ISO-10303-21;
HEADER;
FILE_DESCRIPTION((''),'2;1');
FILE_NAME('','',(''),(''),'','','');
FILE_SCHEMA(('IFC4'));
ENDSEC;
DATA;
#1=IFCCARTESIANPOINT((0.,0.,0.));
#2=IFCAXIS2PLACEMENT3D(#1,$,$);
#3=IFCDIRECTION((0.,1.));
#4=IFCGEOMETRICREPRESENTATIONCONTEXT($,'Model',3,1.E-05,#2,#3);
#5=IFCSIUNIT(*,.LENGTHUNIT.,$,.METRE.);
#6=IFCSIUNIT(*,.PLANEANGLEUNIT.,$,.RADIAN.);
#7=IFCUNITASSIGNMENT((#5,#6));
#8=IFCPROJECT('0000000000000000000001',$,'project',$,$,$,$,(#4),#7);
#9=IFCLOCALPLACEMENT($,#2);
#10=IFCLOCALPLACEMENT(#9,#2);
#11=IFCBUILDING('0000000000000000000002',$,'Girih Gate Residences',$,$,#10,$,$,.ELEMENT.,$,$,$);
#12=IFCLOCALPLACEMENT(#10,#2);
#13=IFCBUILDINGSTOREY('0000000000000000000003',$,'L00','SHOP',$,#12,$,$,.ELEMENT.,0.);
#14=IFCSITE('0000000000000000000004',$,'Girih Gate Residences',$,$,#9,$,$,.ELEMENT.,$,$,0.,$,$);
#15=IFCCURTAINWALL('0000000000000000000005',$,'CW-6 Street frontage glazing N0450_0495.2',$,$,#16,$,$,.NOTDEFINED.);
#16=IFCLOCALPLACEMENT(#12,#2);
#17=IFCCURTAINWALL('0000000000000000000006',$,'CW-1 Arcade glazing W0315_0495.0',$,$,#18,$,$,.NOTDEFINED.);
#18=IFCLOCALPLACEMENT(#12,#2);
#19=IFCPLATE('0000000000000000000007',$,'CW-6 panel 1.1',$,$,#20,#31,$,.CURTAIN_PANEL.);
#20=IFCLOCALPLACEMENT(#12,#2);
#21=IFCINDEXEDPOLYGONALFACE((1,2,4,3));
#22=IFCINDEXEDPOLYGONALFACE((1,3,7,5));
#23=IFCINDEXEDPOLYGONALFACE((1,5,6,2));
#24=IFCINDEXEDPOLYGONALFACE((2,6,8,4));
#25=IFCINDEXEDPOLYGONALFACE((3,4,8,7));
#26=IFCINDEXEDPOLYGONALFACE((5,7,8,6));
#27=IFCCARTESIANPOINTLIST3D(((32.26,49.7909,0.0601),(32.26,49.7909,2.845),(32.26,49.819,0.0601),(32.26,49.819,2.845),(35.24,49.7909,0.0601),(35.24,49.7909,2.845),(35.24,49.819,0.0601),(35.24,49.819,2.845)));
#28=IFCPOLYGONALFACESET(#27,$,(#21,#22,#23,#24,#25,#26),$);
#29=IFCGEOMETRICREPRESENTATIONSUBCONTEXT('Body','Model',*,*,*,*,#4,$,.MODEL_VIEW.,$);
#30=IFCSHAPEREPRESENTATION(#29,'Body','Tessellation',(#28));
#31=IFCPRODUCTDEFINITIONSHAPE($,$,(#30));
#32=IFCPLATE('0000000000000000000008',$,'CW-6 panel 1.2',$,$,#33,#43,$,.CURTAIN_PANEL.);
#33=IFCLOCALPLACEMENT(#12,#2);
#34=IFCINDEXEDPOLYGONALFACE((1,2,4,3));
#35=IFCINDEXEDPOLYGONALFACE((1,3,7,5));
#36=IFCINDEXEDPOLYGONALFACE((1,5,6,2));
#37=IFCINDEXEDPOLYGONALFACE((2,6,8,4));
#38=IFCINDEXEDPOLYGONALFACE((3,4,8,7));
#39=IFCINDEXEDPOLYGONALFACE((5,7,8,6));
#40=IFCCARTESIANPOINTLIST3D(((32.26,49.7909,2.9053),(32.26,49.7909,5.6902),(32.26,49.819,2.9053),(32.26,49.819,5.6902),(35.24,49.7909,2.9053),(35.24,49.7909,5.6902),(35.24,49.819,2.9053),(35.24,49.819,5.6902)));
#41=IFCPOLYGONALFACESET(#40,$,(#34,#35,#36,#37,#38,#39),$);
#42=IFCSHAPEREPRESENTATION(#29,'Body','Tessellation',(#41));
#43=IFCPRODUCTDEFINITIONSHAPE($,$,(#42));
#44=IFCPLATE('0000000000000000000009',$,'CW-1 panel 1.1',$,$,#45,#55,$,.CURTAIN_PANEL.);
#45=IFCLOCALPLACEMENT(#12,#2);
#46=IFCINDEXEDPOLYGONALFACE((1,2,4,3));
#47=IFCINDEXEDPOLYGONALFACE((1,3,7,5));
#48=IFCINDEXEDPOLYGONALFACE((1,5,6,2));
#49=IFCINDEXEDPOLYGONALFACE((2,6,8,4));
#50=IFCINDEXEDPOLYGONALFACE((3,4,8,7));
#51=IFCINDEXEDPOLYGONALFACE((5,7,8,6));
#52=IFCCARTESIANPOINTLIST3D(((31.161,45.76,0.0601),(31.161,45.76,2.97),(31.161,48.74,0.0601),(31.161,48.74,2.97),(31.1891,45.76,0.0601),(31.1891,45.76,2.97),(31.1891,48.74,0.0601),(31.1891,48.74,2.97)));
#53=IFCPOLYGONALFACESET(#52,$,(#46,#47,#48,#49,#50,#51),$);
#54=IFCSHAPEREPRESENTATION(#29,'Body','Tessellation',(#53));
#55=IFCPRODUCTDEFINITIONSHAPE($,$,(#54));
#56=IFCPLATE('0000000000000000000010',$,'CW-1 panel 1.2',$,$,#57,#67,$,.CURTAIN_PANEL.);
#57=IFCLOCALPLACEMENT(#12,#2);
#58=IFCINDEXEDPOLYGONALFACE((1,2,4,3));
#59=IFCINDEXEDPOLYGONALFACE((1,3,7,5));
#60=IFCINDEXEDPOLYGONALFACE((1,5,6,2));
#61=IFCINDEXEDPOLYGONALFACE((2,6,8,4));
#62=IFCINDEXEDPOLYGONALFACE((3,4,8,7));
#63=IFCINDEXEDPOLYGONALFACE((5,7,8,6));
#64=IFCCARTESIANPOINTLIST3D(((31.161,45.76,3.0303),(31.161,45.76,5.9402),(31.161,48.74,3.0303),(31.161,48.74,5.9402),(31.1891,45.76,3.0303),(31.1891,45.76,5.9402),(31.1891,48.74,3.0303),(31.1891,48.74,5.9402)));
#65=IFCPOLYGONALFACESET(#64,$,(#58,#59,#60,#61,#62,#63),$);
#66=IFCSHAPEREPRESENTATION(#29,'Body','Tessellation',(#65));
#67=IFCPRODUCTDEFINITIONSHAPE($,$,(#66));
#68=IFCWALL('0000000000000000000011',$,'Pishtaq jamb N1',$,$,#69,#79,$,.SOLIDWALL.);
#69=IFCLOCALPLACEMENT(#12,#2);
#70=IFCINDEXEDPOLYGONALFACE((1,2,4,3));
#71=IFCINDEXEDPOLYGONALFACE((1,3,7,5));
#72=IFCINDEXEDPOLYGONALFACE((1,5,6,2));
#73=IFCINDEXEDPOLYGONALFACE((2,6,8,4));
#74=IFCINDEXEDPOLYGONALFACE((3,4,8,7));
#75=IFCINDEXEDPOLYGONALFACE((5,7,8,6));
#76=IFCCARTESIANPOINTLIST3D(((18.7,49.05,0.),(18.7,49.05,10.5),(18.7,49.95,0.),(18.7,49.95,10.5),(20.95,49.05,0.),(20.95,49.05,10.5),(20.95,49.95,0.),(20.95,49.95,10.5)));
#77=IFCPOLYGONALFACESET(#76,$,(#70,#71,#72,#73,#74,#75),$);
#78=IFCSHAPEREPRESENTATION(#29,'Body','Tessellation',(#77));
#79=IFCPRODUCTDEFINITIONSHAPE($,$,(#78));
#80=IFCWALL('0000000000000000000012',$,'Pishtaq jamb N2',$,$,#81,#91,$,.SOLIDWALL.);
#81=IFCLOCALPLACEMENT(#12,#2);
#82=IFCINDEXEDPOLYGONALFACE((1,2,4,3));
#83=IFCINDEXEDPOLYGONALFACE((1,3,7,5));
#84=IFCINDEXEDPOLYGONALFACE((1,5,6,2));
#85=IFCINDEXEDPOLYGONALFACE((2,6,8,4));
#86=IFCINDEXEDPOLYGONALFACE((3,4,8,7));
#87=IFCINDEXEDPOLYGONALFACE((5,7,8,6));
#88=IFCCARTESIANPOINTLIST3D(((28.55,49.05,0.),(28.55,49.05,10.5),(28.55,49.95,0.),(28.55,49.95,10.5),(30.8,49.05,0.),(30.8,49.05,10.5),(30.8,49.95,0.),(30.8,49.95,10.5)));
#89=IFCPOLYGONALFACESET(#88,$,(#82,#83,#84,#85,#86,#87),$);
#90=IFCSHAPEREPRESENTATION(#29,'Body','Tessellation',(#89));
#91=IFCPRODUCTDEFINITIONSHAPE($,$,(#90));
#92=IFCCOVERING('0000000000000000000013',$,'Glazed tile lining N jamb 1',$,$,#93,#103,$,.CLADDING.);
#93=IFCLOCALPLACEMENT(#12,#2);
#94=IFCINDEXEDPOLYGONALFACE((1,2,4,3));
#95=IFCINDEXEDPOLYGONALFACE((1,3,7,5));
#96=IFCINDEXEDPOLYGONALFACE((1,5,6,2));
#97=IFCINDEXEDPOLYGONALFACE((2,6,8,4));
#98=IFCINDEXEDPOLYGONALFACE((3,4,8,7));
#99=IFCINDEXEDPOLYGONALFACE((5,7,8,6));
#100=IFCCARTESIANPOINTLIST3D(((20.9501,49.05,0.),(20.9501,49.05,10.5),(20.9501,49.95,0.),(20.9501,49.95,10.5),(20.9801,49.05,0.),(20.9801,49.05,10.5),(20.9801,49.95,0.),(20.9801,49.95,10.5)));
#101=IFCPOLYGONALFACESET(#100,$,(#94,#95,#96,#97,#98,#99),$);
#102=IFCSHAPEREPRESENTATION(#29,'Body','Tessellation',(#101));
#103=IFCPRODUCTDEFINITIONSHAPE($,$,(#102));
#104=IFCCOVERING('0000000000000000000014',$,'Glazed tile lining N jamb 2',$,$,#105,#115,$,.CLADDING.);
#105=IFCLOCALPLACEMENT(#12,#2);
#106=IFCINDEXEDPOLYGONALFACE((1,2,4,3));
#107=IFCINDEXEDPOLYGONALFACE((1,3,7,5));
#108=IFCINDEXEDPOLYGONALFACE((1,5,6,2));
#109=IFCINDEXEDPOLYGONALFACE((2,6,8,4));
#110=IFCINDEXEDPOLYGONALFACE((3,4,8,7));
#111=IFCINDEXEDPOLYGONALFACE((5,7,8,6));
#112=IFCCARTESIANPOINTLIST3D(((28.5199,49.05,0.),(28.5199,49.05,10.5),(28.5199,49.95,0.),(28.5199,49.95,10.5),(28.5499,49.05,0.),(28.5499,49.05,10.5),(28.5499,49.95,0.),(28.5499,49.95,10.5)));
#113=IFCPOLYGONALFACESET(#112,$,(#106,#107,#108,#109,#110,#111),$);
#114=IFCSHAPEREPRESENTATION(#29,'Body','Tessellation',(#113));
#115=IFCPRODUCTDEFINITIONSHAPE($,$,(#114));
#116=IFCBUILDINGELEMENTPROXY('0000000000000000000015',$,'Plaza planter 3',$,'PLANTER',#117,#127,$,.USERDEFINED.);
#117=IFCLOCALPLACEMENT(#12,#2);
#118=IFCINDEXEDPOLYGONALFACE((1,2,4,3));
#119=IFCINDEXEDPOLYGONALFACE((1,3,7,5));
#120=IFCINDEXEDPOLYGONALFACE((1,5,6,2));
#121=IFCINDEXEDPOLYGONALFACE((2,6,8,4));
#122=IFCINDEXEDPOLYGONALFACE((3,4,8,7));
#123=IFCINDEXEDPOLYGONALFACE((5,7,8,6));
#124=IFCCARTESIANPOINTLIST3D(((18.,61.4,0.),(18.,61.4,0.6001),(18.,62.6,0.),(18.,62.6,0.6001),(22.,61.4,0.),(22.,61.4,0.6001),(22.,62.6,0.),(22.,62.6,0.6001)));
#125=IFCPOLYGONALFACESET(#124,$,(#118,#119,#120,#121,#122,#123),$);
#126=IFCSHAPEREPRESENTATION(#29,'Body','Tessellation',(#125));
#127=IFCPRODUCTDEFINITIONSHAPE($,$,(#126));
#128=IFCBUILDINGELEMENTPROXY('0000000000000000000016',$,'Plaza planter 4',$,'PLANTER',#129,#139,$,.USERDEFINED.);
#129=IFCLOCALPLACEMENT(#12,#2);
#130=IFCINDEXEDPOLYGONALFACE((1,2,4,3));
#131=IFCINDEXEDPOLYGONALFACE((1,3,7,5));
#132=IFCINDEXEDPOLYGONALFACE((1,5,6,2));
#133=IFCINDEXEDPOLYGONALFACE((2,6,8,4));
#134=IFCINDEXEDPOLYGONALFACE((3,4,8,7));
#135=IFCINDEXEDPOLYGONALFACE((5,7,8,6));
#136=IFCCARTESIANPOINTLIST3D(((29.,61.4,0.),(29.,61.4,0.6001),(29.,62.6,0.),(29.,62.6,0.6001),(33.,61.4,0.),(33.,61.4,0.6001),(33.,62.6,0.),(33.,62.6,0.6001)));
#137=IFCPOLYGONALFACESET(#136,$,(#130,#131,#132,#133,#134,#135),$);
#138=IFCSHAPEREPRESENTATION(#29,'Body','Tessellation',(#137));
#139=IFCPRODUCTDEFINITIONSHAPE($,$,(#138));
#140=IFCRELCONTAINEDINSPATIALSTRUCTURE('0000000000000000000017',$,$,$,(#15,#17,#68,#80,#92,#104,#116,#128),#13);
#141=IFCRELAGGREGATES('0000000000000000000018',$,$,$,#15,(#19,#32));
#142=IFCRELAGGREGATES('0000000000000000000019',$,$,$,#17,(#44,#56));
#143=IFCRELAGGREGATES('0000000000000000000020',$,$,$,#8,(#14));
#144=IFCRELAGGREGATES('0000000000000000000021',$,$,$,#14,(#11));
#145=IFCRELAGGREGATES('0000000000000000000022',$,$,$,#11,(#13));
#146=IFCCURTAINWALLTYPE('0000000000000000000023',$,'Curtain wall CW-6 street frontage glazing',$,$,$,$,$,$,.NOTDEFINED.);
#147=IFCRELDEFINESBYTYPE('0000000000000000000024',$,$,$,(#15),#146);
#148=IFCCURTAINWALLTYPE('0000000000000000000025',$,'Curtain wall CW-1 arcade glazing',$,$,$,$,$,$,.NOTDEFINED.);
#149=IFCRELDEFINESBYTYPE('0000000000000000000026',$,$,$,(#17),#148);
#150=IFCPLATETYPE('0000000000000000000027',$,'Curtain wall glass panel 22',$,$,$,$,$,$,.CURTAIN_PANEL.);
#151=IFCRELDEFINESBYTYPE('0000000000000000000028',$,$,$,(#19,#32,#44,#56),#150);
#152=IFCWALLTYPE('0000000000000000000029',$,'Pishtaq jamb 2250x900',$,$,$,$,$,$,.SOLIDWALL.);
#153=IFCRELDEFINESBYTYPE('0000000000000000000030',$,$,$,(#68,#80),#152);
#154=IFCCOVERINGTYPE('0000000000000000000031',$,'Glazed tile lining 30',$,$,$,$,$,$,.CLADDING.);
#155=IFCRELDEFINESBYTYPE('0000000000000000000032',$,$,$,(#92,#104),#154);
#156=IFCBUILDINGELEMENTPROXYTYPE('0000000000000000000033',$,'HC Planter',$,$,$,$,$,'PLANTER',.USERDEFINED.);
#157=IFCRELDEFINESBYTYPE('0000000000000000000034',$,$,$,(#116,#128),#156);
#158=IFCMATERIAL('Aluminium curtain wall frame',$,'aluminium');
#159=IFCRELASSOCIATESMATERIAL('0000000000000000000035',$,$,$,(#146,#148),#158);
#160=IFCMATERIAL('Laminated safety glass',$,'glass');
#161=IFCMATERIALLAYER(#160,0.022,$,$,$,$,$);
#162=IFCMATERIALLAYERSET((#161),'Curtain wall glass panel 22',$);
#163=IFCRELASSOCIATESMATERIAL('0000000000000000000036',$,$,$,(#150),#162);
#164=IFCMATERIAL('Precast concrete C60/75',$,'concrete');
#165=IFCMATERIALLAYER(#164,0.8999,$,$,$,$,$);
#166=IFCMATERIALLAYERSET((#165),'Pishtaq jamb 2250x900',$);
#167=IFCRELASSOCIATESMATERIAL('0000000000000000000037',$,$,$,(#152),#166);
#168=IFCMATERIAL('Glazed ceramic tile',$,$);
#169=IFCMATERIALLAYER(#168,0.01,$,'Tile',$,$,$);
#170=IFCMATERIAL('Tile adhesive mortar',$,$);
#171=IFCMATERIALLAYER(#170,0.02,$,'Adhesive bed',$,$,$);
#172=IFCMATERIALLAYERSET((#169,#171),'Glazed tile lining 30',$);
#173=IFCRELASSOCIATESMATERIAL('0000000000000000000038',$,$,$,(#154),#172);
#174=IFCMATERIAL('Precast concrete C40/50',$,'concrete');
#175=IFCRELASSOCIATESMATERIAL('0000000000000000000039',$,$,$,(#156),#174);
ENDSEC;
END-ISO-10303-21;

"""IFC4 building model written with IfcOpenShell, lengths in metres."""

from ifc_helpers import new_model, si_unit, direction, frame, frame_2d, origin, origin_2d, place, context, subcontext, project, spatial, rectangle, extrude, material, layer, layer_set, type_object, element, aggregate, save


model = new_model("IFC4")

# Units and contexts
model_context = context("Model", 3, precision=1e-05, world=origin(), true_north=direction((0.0, 1.0)))
body_context = subcontext(model_context, "Body", "Model", "MODEL_VIEW")
ifc_project = project(units=[si_unit("LENGTHUNIT", "METRE"), si_unit("PLANEANGLEUNIT", "RADIAN")], contexts=[model_context])

# Site, building, storey
site_placement = place(None, origin())
site = spatial("IfcSite", under=ifc_project, at=site_placement, Name="Girih Gate Residences", CompositionType="ELEMENT", RefElevation=0.0)
building_placement = place(site_placement, origin())
building = spatial("IfcBuilding", under=site, at=building_placement, Name="Girih Gate Residences", CompositionType="ELEMENT")
storey_placement = place(building_placement, origin())
storey = spatial("IfcBuildingStorey", under=building, at=storey_placement, Name="L00", Description="SHOP", CompositionType="ELEMENT", Elevation=0.0)

# Curtain wall
ifc_material_1 = material(Name="Aluminium curtain wall frame", Category="aluminium")
curtain_wall_type_1 = type_object("IfcCurtainWallType", Name="Curtain wall CW-6 street frontage glazing", PredefinedType="NOTDEFINED", material=ifc_material_1)
curtain_wall_1_placement = place(storey_placement, origin())
curtain_wall_1 = element("IfcCurtainWall", 1, at=curtain_wall_1_placement, inside=storey, type_object=curtain_wall_type_1, Name="CW-6 Street frontage glazing N0450_0495.2", PredefinedType="NOTDEFINED")

# Curtain wall
curtain_wall_type_2 = type_object("IfcCurtainWallType", Name="Curtain wall CW-1 arcade glazing", PredefinedType="NOTDEFINED", material=ifc_material_1)
curtain_wall_2_placement = place(storey_placement, origin())
curtain_wall_2 = element("IfcCurtainWall", 2, at=curtain_wall_2_placement, inside=storey, type_object=curtain_wall_type_2, Name="CW-1 Arcade glazing W0315_0495.0", PredefinedType="NOTDEFINED")

# Plates
ifc_material_2 = material(Name="Laminated safety glass", Category="glass")
ifc_layer_1 = layer(ifc_material_2, 0.022)
ifc_layer_set_1 = layer_set([ifc_layer_1], Name="Curtain wall glass panel 22")
plate_type = type_object("IfcPlateType", Name="Curtain wall glass panel 22", PredefinedType="CURTAIN_PANEL", material=ifc_layer_set_1)
plate_1_placement = place(storey_placement, frame((33.75, 49.8049, 0.0601), z_axis=(0.0, 0.0, 1.0), x_axis=(-1.0, 0.0, 0.0)))
plate_1 = element("IfcPlate", 3, at=plate_1_placement, type_object=plate_type, Name="CW-6 panel 1.1", PredefinedType="CURTAIN_PANEL", context=body_context, shape_type="SweptSolid", body=[
    extrude(rectangle(XDim=2.98, YDim=0.0281, at=origin_2d()), origin(), (0.0, 0.0, 1.0), 2.7849),
])
plate_2_placement = place(storey_placement, frame((33.75, 49.8049, 2.9053), z_axis=(0.0, 0.0, 1.0), x_axis=(-1.0, 0.0, 0.0)))
plate_2 = element("IfcPlate", 4, at=plate_2_placement, type_object=plate_type, Name="CW-6 panel 1.2", PredefinedType="CURTAIN_PANEL", context=body_context, shape_type="SweptSolid", body=[
    extrude(rectangle(XDim=2.98, YDim=0.0281, at=origin_2d()), origin(), (0.0, 0.0, 1.0), 2.7849),
])
aggregate(curtain_wall_1, [plate_1, plate_2])
plate_3_placement = place(storey_placement, frame((31.175, 47.25, 0.0601), z_axis=(0.0, 0.0, 1.0), x_axis=(0.0, -1.0, 0.0)))
plate_3 = element("IfcPlate", 5, at=plate_3_placement, type_object=plate_type, Name="CW-1 panel 1.1", PredefinedType="CURTAIN_PANEL", context=body_context, shape_type="SweptSolid", body=[
    extrude(rectangle(XDim=2.98, YDim=0.0281, at=origin_2d()), origin(), (0.0, 0.0, 1.0), 2.9099),
])
plate_4_placement = place(storey_placement, frame((31.175, 47.25, 3.0303), z_axis=(0.0, 0.0, 1.0), x_axis=(0.0, -1.0, 0.0)))
plate_4 = element("IfcPlate", 6, at=plate_4_placement, type_object=plate_type, Name="CW-1 panel 1.2", PredefinedType="CURTAIN_PANEL", context=body_context, shape_type="SweptSolid", body=[
    extrude(rectangle(XDim=2.98, YDim=0.0281, at=origin_2d()), origin(), (0.0, 0.0, 1.0), 2.9099),
])
aggregate(curtain_wall_2, [plate_3, plate_4])

# Walls
ifc_material_3 = material(Name="Precast concrete C60/75", Category="concrete")
ifc_layer_2 = layer(ifc_material_3, 0.8999)
ifc_layer_set_2 = layer_set([ifc_layer_2], Name="Pishtaq jamb 2250x900")
wall_type_1 = type_object("IfcWallType", Name="Pishtaq jamb 2250x900", PredefinedType="SOLIDWALL", material=ifc_layer_set_2)
for number, where, z_axis, x_axis, name in (
    (7, (18.7, 49.5, 0.0), (0.0, 0.0, 1.0), (1.0, 0.0, 0.0), "Pishtaq jamb N1"),
    (8, (28.55, 49.5, 0.0), (0.0, 0.0, 1.0), (1.0, 0.0, 0.0), "Pishtaq jamb N2"),
):
    element("IfcWall", number, at=place(storey_placement, frame(where, z_axis=z_axis, x_axis=x_axis)), inside=storey, type_object=wall_type_1, Name=name, PredefinedType="SOLIDWALL", context=body_context, shape_type="SweptSolid", body=[
        extrude(rectangle(XDim=2.25, YDim=0.8999, at=frame_2d((1.125, 0.0))), origin(), (0.0, 0.0, 1.0), 10.5),
    ])

# Shared definitions
ifc_material_4 = material(Name="Precast concrete C40/50", Category="concrete")

# Coverings
ifc_material_5 = material(Name="Glazed ceramic tile")
ifc_layer_3 = layer(ifc_material_5, 0.01, Name="Tile")
ifc_material_6 = material(Name="Tile adhesive mortar")
ifc_layer_4 = layer(ifc_material_6, 0.02, Name="Adhesive bed")
ifc_layer_set_3 = layer_set([ifc_layer_3, ifc_layer_4], Name="Glazed tile lining 30")
covering_type = type_object("IfcCoveringType", Name="Glazed tile lining 30", PredefinedType="CLADDING", material=ifc_layer_set_3)
for number, where, z_axis, x_axis, name in (
    (9, (20.9651, 49.5, 0.0), (0.0, 0.0, 1.0), (1.0, 0.0, 0.0), "Glazed tile lining N jamb 1"),
    (10, (28.5349, 49.5, 0.0), (0.0, 0.0, 1.0), (1.0, 0.0, 0.0), "Glazed tile lining N jamb 2"),
):
    element("IfcCovering", number, at=place(storey_placement, frame(where, z_axis=z_axis, x_axis=x_axis)), inside=storey, type_object=covering_type, Name=name, PredefinedType="CLADDING", context=body_context, shape_type="SweptSolid", body=[
        extrude(rectangle(XDim=0.03, YDim=0.8999, at=origin_2d()), origin(), (0.0, 0.0, 1.0), 10.5),
    ])

# Building element proxies
building_element_proxy_type = type_object("IfcBuildingElementProxyType", Name="HC Planter", ElementType="PLANTER", PredefinedType="USERDEFINED", material=ifc_material_4)
for number, where, z_axis, x_axis, name in (
    (11, (20.0, 62.0, 0.0), (0.0, 0.0, 1.0), (1.0, 0.0, 0.0), "Plaza planter 3"),
    (12, (31.0, 62.0, 0.0), (0.0, 0.0, 1.0), (1.0, 0.0, 0.0), "Plaza planter 4"),
):
    element("IfcBuildingElementProxy", number, at=place(storey_placement, frame(where, z_axis=z_axis, x_axis=x_axis)), inside=storey, type_object=building_element_proxy_type, Name=name, ObjectType="PLANTER", PredefinedType="USERDEFINED", context=body_context, shape_type="SweptSolid", body=[
        extrude(rectangle(XDim=4.0, YDim=1.2, at=origin_2d()), origin(), (0.0, 0.0, 1.0), 0.6001),
    ])

save(model, "model.ifc")
